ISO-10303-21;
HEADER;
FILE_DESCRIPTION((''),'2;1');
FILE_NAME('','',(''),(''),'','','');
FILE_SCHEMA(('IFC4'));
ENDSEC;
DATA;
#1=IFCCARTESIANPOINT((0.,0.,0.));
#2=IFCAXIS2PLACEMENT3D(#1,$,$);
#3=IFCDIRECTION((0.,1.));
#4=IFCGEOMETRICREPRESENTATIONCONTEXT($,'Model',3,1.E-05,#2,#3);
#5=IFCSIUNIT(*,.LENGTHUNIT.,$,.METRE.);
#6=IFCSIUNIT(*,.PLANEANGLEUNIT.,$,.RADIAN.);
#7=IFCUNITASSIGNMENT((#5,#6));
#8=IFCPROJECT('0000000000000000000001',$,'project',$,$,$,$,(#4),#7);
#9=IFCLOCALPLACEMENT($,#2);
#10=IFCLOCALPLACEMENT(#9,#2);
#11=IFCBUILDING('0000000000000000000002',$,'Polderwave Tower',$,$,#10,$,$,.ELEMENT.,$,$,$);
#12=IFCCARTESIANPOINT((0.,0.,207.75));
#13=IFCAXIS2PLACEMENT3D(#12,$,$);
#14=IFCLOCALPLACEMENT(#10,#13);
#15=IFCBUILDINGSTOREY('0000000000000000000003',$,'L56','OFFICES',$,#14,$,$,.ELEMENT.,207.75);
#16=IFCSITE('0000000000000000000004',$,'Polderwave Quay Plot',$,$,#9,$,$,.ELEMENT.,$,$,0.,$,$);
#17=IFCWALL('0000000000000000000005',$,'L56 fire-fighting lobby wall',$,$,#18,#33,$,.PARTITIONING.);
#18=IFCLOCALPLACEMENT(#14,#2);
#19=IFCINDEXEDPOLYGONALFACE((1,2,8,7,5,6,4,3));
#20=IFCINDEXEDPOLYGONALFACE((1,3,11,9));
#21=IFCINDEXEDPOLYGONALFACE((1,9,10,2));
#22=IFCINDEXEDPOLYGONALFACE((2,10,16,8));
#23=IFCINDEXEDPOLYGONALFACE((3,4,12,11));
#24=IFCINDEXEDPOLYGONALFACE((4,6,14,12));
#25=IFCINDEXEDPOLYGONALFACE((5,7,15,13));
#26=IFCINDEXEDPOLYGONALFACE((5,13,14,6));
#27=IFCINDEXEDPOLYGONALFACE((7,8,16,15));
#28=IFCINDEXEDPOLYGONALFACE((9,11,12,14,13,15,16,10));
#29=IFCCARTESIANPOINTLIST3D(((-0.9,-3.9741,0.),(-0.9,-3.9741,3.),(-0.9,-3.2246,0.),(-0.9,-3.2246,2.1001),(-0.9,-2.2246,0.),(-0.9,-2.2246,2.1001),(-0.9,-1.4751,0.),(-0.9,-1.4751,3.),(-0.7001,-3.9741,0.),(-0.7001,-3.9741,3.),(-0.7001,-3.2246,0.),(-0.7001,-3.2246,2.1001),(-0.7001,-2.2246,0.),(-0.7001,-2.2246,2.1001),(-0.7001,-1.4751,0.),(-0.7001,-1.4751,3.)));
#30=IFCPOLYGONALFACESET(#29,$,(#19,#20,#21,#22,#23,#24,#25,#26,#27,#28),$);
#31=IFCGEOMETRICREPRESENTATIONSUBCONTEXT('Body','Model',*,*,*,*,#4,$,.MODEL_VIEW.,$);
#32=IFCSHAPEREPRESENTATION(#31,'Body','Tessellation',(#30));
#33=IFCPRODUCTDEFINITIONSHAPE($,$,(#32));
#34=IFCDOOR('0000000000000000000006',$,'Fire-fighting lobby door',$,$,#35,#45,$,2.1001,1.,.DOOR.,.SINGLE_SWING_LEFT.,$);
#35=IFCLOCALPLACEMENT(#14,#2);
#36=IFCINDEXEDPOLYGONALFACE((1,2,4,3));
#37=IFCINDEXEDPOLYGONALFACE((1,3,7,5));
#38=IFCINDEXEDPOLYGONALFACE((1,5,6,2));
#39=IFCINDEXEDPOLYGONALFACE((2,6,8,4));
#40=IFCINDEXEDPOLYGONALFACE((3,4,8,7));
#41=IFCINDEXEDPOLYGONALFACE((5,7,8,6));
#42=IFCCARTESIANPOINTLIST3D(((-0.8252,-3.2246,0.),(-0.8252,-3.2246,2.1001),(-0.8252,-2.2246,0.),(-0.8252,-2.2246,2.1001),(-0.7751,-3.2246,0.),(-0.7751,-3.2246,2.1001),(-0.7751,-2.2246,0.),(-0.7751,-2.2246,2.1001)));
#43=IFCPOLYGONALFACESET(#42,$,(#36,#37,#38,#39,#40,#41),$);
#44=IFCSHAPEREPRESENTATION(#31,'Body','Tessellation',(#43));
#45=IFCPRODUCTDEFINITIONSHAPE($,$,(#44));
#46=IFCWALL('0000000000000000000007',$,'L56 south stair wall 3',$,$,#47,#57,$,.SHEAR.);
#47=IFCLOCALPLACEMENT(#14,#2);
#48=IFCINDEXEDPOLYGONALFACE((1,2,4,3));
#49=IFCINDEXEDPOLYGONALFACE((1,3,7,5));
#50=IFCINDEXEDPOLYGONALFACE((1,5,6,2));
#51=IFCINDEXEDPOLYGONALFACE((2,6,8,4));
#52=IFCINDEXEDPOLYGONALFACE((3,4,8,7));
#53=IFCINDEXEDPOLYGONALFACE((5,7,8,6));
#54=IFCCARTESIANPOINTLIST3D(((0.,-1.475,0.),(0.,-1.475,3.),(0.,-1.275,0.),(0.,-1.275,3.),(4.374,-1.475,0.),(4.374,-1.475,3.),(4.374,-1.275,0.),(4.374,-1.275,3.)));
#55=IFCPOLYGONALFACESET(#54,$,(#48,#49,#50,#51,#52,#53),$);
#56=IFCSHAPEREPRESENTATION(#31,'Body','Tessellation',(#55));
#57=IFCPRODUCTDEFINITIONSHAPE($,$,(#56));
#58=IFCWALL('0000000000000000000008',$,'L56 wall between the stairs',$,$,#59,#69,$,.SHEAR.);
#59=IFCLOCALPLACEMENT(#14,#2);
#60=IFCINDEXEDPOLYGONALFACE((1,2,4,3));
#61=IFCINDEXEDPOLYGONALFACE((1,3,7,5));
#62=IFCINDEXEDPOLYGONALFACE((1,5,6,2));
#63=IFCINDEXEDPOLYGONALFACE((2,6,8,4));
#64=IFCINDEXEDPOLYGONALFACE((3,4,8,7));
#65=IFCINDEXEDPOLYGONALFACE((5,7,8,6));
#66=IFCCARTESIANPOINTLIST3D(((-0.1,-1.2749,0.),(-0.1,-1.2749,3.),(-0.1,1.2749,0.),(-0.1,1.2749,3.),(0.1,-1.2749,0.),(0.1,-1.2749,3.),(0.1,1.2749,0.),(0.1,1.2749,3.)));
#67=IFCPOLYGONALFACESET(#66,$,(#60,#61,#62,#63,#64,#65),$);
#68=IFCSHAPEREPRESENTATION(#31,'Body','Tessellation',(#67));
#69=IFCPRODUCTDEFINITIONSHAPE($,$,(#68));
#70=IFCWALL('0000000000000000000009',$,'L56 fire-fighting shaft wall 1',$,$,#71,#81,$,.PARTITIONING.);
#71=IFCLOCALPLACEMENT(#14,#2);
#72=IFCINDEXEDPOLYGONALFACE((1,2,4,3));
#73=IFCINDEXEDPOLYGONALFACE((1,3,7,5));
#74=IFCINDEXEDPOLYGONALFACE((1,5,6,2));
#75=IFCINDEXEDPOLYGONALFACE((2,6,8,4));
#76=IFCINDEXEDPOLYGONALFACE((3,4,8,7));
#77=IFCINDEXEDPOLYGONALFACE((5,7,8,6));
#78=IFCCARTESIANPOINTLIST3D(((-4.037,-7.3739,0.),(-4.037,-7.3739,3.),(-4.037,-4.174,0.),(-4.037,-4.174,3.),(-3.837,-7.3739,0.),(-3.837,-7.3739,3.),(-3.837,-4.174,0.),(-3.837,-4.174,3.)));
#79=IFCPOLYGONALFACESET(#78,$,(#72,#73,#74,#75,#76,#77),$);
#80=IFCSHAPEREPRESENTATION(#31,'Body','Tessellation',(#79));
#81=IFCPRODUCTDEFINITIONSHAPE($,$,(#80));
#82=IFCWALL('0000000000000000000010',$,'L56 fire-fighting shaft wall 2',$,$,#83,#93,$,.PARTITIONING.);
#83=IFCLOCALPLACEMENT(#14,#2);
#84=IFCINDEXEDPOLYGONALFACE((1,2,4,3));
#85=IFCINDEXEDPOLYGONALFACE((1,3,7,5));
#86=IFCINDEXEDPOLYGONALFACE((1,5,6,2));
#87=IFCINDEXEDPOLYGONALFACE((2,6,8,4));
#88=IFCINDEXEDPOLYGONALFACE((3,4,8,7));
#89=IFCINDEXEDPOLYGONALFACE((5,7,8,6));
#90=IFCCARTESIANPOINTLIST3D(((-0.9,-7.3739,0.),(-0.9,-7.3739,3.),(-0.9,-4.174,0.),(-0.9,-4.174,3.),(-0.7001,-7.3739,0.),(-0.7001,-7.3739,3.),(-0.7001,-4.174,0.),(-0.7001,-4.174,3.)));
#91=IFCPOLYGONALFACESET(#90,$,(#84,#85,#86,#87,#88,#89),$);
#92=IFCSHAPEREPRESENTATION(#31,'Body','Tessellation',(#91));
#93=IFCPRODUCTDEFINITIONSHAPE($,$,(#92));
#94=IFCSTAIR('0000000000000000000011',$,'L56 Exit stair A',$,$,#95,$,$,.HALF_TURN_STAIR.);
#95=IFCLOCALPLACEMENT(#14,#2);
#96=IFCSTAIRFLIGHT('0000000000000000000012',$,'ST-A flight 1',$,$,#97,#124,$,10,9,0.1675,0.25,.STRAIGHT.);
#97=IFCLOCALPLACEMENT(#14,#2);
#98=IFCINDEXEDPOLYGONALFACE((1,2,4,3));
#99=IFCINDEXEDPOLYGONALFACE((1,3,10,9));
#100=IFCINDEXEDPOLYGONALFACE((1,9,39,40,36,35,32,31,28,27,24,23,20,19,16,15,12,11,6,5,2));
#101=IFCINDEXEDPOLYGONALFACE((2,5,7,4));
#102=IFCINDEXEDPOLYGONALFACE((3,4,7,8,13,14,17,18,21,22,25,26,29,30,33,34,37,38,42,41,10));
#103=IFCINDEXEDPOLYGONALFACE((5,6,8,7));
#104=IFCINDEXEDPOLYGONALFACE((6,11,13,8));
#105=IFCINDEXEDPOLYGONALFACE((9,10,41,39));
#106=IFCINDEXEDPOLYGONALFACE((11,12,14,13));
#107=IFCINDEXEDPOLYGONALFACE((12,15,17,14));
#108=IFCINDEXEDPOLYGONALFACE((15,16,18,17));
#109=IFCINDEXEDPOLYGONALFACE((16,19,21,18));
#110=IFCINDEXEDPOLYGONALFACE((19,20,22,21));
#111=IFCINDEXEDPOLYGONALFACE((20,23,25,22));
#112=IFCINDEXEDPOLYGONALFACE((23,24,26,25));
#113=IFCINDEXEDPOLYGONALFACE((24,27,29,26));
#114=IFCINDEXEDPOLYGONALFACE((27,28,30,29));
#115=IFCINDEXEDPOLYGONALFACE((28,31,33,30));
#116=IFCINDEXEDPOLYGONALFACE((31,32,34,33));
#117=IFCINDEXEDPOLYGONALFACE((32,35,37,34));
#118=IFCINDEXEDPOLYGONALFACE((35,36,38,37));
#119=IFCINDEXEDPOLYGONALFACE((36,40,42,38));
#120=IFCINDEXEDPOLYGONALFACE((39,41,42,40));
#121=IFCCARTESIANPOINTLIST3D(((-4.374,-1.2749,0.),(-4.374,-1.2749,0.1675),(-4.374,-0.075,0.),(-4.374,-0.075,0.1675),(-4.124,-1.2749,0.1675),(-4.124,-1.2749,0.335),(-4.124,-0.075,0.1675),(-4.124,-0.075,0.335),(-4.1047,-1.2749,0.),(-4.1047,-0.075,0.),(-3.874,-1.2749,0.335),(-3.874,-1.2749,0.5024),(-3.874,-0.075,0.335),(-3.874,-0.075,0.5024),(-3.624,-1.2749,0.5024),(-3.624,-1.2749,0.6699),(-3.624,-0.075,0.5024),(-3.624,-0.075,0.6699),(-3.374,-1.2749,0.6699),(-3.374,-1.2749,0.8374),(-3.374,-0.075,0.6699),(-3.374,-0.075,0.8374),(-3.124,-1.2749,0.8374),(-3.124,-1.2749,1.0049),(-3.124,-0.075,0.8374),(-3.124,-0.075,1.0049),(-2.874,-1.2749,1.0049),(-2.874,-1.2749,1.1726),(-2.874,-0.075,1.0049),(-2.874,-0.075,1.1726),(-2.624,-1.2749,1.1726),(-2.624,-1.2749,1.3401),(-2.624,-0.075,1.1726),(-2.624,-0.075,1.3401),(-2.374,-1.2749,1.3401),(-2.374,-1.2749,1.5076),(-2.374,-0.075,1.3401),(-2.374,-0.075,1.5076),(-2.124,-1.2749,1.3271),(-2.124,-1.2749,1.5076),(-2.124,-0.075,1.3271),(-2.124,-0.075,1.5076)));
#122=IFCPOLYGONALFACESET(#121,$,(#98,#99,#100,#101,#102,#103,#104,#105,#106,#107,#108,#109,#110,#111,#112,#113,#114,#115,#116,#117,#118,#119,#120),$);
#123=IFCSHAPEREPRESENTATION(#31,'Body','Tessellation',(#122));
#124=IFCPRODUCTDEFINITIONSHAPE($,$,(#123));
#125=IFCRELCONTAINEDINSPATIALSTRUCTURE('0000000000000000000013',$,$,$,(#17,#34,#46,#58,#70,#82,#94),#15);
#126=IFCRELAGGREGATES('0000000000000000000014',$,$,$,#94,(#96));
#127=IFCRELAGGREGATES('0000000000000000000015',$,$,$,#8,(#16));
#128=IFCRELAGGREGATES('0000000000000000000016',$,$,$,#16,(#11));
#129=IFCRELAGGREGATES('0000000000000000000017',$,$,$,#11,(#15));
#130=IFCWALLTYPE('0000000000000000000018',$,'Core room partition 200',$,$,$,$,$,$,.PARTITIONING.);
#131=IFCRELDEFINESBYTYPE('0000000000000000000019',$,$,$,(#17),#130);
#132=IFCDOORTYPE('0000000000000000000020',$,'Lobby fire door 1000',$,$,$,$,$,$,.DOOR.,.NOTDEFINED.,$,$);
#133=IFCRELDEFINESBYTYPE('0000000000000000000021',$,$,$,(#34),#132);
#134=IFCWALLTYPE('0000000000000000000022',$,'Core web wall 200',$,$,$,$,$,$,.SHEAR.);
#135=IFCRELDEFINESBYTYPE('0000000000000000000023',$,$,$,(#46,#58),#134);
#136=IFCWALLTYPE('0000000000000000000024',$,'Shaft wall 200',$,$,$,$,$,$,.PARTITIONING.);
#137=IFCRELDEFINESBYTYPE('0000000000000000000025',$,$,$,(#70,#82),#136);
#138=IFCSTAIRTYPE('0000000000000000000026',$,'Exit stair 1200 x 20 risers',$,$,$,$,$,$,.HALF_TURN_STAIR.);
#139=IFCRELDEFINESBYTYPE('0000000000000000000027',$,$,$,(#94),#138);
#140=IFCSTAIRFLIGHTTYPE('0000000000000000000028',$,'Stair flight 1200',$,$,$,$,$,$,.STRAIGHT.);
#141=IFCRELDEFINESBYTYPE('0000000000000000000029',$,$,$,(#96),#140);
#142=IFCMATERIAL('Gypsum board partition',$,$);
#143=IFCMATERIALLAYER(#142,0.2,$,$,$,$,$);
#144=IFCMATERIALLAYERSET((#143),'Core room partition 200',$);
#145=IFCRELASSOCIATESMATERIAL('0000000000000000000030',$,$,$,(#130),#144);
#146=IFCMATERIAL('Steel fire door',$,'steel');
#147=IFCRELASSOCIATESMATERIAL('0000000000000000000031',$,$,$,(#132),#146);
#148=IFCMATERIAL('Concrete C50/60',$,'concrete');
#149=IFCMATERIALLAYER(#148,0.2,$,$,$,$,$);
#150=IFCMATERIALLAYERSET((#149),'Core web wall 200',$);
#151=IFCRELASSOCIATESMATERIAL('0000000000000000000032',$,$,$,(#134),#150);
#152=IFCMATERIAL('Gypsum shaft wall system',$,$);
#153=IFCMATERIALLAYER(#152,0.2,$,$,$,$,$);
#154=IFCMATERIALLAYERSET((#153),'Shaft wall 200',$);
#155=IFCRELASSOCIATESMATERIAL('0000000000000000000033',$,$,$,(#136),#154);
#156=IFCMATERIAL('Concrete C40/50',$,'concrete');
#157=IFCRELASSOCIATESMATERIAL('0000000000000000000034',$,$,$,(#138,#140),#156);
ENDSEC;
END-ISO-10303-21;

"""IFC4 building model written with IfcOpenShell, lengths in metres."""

from ifc_helpers import new_model, si_unit, direction, frame, frame_2d, origin, place, context, subcontext, project, spatial, polyline, rectangle, outline, extrude, material, layer, layer_set, type_object, element, fill, aggregate, save


model = new_model("IFC4")

# Units and contexts
model_context = context("Model", 3, precision=1e-05, world=origin(), true_north=direction((0.0, 1.0)))
body_context = subcontext(model_context, "Body", "Model", "MODEL_VIEW")
ifc_project = project(units=[si_unit("LENGTHUNIT", "METRE"), si_unit("PLANEANGLEUNIT", "RADIAN")], contexts=[model_context])

# Site, building, storey
site_placement = place(None, origin())
site = spatial("IfcSite", under=ifc_project, at=site_placement, Name="Polderwave Quay Plot", CompositionType="ELEMENT", RefElevation=0.0)
building_placement = place(site_placement, origin())
building = spatial("IfcBuilding", under=site, at=building_placement, Name="Polderwave Tower", CompositionType="ELEMENT")
storey_placement = place(building_placement, frame((0.0, 0.0, 207.75)))
storey = spatial("IfcBuildingStorey", under=building, at=storey_placement, Name="L56", Description="OFFICES", CompositionType="ELEMENT", Elevation=207.75)

# Wall, opening, door
ifc_material_1 = material(Name="Gypsum board partition")
ifc_layer_1 = layer(ifc_material_1, 0.2)
ifc_layer_set_1 = layer_set([ifc_layer_1], Name="Core room partition 200")
wall_type_1 = type_object("IfcWallType", Name="Core room partition 200", PredefinedType="PARTITIONING", material=ifc_layer_set_1)
wall_1_placement = place(storey_placement, frame((-0.8, -3.9741, 0.0), z_axis=(0.0, 0.0, 1.0), x_axis=(0.0, 1.0, 0.0)))
wall_1 = element("IfcWall", 1, at=wall_1_placement, inside=storey, type_object=wall_type_1, Name="L56 fire-fighting lobby wall", PredefinedType="PARTITIONING", context=body_context, shape_type="SweptSolid", body=[
    extrude(rectangle(XDim=2.499, YDim=0.2, at=frame_2d((1.2495, 0.0))), origin(), (0.0, 0.0, 1.0), 3.0),
])
opening_placement = place(wall_1_placement, frame((0.7495, 0.0, 0.0)))
opening = element("IfcOpeningElement", 2, at=opening_placement, cuts=wall_1, PredefinedType="OPENING", context=body_context, shape_type="SweptSolid", body=[
    extrude(rectangle(XDim=1.0, YDim=2.1001, at=frame_2d((0.5, 1.05))), frame((0.0, 0.1099, 0.0), z_axis=(0.0, -1.0, 0.0), x_axis=(1.0, 0.0, 0.0)), (0.0, 0.0, 1.0), 0.22),
])
ifc_material_2 = material(Name="Steel fire door", Category="steel")
door_type = type_object("IfcDoorType", Name="Lobby fire door 1000", OperationType="NOTDEFINED", PredefinedType="DOOR", material=ifc_material_2)
door_placement = place(opening_placement, frame((1.0, 0.0, 0.0), z_axis=(0.0, 0.0, 1.0), x_axis=(-1.0, 0.0, 0.0)))
door = element("IfcDoor", 3, at=door_placement, inside=storey, type_object=door_type, Name="Fire-fighting lobby door", OperationType="SINGLE_SWING_LEFT", OverallHeight=2.1001, OverallWidth=1.0, PredefinedType="DOOR", context=body_context, shape_type="SweptSolid", body=[
    extrude(rectangle(XDim=1.0, YDim=2.1001, at=frame_2d((0.5, 1.05))), frame((0.0, 0.0249, 0.0), z_axis=(0.0, -1.0, 0.0), x_axis=(1.0, 0.0, 0.0)), (0.0, 0.0, 1.0), 0.05),
])
fill(opening, door)

# Walls
ifc_material_3 = material(Name="Concrete C50/60", Category="concrete")
ifc_layer_2 = layer(ifc_material_3, 0.2)
ifc_layer_set_2 = layer_set([ifc_layer_2], Name="Core web wall 200")
wall_type_2 = type_object("IfcWallType", Name="Core web wall 200", PredefinedType="SHEAR", material=ifc_layer_set_2)
wall_2_placement = place(storey_placement, frame((0.0, -1.375, 0.0), z_axis=(0.0, 0.0, 1.0), x_axis=(1.0, 0.0, 0.0)))
element("IfcWall", 4, at=wall_2_placement, inside=storey, type_object=wall_type_2, Name="L56 south stair wall 3", PredefinedType="SHEAR", context=body_context, shape_type="SweptSolid", body=[
    extrude(rectangle(XDim=4.374, YDim=0.2, at=frame_2d((2.187, 0.0))), origin(), (0.0, 0.0, 1.0), 3.0),
])
wall_3_placement = place(storey_placement, frame((0.0, -1.2749, 0.0), z_axis=(0.0, 0.0, 1.0), x_axis=(0.0, 1.0, 0.0)))
element("IfcWall", 5, at=wall_3_placement, inside=storey, type_object=wall_type_2, Name="L56 wall between the stairs", PredefinedType="SHEAR", context=body_context, shape_type="SweptSolid", body=[
    extrude(rectangle(XDim=2.5498, YDim=0.2, at=frame_2d((1.2749, 0.0))), origin(), (0.0, 0.0, 1.0), 3.0),
])
ifc_material_4 = material(Name="Gypsum shaft wall system")
ifc_layer_3 = layer(ifc_material_4, 0.2)
ifc_layer_set_3 = layer_set([ifc_layer_3], Name="Shaft wall 200")
wall_type_3 = type_object("IfcWallType", Name="Shaft wall 200", PredefinedType="PARTITIONING", material=ifc_layer_set_3)
for number, where, z_axis, x_axis, name in (
    (6, (-3.937, -7.374, 0.0), (0.0, 0.0, 1.0), (0.0, 1.0, 0.0), "L56 fire-fighting shaft wall 1"),
    (7, (-0.8, -7.374, 0.0), (0.0, 0.0, 1.0), (0.0, 1.0, 0.0), "L56 fire-fighting shaft wall 2"),
):
    element("IfcWall", number, at=place(storey_placement, frame(where, z_axis=z_axis, x_axis=x_axis)), inside=storey, type_object=wall_type_3, Name=name, PredefinedType="PARTITIONING", context=body_context, shape_type="SweptSolid", body=[
        extrude(rectangle(XDim=3.2, YDim=0.2, at=frame_2d((1.6001, 0.0))), origin(), (0.0, 0.0, 1.0), 3.0),
    ])

# Stair, stair flight
ifc_material_5 = material(Name="Concrete C40/50", Category="concrete")
stair_type = type_object("IfcStairType", Name="Exit stair 1200 x 20 risers", PredefinedType="HALF_TURN_STAIR", material=ifc_material_5)
stair_placement = place(storey_placement, origin())
stair = element("IfcStair", 8, at=stair_placement, inside=storey, type_object=stair_type, Name="L56 Exit stair A", PredefinedType="HALF_TURN_STAIR")
stair_flight_type = type_object("IfcStairFlightType", Name="Stair flight 1200", PredefinedType="STRAIGHT", material=ifc_material_5)
stair_flight_placement = place(storey_placement, frame((-4.374, -0.675, 0.0), z_axis=(0.0, 0.0, 1.0), x_axis=(1.0, 0.0, 0.0)))
stair_flight = element("IfcStairFlight", 9, at=stair_flight_placement, type_object=stair_flight_type, Name="ST-A flight 1", NumberOfRisers=10, NumberOfTreads=9, PredefinedType="STRAIGHT", RiserHeight=0.1675, TreadLength=0.25, context=body_context, shape_type="SweptSolid", body=[
    extrude(outline(polyline([(0.0, 0.0), (0.0, 0.1675), (0.25, 0.1675), (0.25, 0.335), (0.5, 0.335), (0.5, 0.5024), (0.75, 0.5024), (0.75, 0.6699), (1.0, 0.6699), (1.0, 0.8374), (1.25, 0.8374), (1.25, 1.0049), (1.5, 1.0049), (1.5, 1.1726), (1.75, 1.1726), (1.75, 1.3401), (2.0, 1.3401), (2.0, 1.5076), (2.25, 1.5076), (2.25, 1.675), (2.25, 1.3271), (0.2693, 0.0), (0.0, 0.0)])), frame((0.0, 0.6001, 0.0), z_axis=(0.0, -1.0, 0.0), x_axis=(1.0, 0.0, 0.0)), (0.0, 0.0, 1.0), 1.2),
])
aggregate(stair, [stair_flight])

save(model, "model.ifc")
